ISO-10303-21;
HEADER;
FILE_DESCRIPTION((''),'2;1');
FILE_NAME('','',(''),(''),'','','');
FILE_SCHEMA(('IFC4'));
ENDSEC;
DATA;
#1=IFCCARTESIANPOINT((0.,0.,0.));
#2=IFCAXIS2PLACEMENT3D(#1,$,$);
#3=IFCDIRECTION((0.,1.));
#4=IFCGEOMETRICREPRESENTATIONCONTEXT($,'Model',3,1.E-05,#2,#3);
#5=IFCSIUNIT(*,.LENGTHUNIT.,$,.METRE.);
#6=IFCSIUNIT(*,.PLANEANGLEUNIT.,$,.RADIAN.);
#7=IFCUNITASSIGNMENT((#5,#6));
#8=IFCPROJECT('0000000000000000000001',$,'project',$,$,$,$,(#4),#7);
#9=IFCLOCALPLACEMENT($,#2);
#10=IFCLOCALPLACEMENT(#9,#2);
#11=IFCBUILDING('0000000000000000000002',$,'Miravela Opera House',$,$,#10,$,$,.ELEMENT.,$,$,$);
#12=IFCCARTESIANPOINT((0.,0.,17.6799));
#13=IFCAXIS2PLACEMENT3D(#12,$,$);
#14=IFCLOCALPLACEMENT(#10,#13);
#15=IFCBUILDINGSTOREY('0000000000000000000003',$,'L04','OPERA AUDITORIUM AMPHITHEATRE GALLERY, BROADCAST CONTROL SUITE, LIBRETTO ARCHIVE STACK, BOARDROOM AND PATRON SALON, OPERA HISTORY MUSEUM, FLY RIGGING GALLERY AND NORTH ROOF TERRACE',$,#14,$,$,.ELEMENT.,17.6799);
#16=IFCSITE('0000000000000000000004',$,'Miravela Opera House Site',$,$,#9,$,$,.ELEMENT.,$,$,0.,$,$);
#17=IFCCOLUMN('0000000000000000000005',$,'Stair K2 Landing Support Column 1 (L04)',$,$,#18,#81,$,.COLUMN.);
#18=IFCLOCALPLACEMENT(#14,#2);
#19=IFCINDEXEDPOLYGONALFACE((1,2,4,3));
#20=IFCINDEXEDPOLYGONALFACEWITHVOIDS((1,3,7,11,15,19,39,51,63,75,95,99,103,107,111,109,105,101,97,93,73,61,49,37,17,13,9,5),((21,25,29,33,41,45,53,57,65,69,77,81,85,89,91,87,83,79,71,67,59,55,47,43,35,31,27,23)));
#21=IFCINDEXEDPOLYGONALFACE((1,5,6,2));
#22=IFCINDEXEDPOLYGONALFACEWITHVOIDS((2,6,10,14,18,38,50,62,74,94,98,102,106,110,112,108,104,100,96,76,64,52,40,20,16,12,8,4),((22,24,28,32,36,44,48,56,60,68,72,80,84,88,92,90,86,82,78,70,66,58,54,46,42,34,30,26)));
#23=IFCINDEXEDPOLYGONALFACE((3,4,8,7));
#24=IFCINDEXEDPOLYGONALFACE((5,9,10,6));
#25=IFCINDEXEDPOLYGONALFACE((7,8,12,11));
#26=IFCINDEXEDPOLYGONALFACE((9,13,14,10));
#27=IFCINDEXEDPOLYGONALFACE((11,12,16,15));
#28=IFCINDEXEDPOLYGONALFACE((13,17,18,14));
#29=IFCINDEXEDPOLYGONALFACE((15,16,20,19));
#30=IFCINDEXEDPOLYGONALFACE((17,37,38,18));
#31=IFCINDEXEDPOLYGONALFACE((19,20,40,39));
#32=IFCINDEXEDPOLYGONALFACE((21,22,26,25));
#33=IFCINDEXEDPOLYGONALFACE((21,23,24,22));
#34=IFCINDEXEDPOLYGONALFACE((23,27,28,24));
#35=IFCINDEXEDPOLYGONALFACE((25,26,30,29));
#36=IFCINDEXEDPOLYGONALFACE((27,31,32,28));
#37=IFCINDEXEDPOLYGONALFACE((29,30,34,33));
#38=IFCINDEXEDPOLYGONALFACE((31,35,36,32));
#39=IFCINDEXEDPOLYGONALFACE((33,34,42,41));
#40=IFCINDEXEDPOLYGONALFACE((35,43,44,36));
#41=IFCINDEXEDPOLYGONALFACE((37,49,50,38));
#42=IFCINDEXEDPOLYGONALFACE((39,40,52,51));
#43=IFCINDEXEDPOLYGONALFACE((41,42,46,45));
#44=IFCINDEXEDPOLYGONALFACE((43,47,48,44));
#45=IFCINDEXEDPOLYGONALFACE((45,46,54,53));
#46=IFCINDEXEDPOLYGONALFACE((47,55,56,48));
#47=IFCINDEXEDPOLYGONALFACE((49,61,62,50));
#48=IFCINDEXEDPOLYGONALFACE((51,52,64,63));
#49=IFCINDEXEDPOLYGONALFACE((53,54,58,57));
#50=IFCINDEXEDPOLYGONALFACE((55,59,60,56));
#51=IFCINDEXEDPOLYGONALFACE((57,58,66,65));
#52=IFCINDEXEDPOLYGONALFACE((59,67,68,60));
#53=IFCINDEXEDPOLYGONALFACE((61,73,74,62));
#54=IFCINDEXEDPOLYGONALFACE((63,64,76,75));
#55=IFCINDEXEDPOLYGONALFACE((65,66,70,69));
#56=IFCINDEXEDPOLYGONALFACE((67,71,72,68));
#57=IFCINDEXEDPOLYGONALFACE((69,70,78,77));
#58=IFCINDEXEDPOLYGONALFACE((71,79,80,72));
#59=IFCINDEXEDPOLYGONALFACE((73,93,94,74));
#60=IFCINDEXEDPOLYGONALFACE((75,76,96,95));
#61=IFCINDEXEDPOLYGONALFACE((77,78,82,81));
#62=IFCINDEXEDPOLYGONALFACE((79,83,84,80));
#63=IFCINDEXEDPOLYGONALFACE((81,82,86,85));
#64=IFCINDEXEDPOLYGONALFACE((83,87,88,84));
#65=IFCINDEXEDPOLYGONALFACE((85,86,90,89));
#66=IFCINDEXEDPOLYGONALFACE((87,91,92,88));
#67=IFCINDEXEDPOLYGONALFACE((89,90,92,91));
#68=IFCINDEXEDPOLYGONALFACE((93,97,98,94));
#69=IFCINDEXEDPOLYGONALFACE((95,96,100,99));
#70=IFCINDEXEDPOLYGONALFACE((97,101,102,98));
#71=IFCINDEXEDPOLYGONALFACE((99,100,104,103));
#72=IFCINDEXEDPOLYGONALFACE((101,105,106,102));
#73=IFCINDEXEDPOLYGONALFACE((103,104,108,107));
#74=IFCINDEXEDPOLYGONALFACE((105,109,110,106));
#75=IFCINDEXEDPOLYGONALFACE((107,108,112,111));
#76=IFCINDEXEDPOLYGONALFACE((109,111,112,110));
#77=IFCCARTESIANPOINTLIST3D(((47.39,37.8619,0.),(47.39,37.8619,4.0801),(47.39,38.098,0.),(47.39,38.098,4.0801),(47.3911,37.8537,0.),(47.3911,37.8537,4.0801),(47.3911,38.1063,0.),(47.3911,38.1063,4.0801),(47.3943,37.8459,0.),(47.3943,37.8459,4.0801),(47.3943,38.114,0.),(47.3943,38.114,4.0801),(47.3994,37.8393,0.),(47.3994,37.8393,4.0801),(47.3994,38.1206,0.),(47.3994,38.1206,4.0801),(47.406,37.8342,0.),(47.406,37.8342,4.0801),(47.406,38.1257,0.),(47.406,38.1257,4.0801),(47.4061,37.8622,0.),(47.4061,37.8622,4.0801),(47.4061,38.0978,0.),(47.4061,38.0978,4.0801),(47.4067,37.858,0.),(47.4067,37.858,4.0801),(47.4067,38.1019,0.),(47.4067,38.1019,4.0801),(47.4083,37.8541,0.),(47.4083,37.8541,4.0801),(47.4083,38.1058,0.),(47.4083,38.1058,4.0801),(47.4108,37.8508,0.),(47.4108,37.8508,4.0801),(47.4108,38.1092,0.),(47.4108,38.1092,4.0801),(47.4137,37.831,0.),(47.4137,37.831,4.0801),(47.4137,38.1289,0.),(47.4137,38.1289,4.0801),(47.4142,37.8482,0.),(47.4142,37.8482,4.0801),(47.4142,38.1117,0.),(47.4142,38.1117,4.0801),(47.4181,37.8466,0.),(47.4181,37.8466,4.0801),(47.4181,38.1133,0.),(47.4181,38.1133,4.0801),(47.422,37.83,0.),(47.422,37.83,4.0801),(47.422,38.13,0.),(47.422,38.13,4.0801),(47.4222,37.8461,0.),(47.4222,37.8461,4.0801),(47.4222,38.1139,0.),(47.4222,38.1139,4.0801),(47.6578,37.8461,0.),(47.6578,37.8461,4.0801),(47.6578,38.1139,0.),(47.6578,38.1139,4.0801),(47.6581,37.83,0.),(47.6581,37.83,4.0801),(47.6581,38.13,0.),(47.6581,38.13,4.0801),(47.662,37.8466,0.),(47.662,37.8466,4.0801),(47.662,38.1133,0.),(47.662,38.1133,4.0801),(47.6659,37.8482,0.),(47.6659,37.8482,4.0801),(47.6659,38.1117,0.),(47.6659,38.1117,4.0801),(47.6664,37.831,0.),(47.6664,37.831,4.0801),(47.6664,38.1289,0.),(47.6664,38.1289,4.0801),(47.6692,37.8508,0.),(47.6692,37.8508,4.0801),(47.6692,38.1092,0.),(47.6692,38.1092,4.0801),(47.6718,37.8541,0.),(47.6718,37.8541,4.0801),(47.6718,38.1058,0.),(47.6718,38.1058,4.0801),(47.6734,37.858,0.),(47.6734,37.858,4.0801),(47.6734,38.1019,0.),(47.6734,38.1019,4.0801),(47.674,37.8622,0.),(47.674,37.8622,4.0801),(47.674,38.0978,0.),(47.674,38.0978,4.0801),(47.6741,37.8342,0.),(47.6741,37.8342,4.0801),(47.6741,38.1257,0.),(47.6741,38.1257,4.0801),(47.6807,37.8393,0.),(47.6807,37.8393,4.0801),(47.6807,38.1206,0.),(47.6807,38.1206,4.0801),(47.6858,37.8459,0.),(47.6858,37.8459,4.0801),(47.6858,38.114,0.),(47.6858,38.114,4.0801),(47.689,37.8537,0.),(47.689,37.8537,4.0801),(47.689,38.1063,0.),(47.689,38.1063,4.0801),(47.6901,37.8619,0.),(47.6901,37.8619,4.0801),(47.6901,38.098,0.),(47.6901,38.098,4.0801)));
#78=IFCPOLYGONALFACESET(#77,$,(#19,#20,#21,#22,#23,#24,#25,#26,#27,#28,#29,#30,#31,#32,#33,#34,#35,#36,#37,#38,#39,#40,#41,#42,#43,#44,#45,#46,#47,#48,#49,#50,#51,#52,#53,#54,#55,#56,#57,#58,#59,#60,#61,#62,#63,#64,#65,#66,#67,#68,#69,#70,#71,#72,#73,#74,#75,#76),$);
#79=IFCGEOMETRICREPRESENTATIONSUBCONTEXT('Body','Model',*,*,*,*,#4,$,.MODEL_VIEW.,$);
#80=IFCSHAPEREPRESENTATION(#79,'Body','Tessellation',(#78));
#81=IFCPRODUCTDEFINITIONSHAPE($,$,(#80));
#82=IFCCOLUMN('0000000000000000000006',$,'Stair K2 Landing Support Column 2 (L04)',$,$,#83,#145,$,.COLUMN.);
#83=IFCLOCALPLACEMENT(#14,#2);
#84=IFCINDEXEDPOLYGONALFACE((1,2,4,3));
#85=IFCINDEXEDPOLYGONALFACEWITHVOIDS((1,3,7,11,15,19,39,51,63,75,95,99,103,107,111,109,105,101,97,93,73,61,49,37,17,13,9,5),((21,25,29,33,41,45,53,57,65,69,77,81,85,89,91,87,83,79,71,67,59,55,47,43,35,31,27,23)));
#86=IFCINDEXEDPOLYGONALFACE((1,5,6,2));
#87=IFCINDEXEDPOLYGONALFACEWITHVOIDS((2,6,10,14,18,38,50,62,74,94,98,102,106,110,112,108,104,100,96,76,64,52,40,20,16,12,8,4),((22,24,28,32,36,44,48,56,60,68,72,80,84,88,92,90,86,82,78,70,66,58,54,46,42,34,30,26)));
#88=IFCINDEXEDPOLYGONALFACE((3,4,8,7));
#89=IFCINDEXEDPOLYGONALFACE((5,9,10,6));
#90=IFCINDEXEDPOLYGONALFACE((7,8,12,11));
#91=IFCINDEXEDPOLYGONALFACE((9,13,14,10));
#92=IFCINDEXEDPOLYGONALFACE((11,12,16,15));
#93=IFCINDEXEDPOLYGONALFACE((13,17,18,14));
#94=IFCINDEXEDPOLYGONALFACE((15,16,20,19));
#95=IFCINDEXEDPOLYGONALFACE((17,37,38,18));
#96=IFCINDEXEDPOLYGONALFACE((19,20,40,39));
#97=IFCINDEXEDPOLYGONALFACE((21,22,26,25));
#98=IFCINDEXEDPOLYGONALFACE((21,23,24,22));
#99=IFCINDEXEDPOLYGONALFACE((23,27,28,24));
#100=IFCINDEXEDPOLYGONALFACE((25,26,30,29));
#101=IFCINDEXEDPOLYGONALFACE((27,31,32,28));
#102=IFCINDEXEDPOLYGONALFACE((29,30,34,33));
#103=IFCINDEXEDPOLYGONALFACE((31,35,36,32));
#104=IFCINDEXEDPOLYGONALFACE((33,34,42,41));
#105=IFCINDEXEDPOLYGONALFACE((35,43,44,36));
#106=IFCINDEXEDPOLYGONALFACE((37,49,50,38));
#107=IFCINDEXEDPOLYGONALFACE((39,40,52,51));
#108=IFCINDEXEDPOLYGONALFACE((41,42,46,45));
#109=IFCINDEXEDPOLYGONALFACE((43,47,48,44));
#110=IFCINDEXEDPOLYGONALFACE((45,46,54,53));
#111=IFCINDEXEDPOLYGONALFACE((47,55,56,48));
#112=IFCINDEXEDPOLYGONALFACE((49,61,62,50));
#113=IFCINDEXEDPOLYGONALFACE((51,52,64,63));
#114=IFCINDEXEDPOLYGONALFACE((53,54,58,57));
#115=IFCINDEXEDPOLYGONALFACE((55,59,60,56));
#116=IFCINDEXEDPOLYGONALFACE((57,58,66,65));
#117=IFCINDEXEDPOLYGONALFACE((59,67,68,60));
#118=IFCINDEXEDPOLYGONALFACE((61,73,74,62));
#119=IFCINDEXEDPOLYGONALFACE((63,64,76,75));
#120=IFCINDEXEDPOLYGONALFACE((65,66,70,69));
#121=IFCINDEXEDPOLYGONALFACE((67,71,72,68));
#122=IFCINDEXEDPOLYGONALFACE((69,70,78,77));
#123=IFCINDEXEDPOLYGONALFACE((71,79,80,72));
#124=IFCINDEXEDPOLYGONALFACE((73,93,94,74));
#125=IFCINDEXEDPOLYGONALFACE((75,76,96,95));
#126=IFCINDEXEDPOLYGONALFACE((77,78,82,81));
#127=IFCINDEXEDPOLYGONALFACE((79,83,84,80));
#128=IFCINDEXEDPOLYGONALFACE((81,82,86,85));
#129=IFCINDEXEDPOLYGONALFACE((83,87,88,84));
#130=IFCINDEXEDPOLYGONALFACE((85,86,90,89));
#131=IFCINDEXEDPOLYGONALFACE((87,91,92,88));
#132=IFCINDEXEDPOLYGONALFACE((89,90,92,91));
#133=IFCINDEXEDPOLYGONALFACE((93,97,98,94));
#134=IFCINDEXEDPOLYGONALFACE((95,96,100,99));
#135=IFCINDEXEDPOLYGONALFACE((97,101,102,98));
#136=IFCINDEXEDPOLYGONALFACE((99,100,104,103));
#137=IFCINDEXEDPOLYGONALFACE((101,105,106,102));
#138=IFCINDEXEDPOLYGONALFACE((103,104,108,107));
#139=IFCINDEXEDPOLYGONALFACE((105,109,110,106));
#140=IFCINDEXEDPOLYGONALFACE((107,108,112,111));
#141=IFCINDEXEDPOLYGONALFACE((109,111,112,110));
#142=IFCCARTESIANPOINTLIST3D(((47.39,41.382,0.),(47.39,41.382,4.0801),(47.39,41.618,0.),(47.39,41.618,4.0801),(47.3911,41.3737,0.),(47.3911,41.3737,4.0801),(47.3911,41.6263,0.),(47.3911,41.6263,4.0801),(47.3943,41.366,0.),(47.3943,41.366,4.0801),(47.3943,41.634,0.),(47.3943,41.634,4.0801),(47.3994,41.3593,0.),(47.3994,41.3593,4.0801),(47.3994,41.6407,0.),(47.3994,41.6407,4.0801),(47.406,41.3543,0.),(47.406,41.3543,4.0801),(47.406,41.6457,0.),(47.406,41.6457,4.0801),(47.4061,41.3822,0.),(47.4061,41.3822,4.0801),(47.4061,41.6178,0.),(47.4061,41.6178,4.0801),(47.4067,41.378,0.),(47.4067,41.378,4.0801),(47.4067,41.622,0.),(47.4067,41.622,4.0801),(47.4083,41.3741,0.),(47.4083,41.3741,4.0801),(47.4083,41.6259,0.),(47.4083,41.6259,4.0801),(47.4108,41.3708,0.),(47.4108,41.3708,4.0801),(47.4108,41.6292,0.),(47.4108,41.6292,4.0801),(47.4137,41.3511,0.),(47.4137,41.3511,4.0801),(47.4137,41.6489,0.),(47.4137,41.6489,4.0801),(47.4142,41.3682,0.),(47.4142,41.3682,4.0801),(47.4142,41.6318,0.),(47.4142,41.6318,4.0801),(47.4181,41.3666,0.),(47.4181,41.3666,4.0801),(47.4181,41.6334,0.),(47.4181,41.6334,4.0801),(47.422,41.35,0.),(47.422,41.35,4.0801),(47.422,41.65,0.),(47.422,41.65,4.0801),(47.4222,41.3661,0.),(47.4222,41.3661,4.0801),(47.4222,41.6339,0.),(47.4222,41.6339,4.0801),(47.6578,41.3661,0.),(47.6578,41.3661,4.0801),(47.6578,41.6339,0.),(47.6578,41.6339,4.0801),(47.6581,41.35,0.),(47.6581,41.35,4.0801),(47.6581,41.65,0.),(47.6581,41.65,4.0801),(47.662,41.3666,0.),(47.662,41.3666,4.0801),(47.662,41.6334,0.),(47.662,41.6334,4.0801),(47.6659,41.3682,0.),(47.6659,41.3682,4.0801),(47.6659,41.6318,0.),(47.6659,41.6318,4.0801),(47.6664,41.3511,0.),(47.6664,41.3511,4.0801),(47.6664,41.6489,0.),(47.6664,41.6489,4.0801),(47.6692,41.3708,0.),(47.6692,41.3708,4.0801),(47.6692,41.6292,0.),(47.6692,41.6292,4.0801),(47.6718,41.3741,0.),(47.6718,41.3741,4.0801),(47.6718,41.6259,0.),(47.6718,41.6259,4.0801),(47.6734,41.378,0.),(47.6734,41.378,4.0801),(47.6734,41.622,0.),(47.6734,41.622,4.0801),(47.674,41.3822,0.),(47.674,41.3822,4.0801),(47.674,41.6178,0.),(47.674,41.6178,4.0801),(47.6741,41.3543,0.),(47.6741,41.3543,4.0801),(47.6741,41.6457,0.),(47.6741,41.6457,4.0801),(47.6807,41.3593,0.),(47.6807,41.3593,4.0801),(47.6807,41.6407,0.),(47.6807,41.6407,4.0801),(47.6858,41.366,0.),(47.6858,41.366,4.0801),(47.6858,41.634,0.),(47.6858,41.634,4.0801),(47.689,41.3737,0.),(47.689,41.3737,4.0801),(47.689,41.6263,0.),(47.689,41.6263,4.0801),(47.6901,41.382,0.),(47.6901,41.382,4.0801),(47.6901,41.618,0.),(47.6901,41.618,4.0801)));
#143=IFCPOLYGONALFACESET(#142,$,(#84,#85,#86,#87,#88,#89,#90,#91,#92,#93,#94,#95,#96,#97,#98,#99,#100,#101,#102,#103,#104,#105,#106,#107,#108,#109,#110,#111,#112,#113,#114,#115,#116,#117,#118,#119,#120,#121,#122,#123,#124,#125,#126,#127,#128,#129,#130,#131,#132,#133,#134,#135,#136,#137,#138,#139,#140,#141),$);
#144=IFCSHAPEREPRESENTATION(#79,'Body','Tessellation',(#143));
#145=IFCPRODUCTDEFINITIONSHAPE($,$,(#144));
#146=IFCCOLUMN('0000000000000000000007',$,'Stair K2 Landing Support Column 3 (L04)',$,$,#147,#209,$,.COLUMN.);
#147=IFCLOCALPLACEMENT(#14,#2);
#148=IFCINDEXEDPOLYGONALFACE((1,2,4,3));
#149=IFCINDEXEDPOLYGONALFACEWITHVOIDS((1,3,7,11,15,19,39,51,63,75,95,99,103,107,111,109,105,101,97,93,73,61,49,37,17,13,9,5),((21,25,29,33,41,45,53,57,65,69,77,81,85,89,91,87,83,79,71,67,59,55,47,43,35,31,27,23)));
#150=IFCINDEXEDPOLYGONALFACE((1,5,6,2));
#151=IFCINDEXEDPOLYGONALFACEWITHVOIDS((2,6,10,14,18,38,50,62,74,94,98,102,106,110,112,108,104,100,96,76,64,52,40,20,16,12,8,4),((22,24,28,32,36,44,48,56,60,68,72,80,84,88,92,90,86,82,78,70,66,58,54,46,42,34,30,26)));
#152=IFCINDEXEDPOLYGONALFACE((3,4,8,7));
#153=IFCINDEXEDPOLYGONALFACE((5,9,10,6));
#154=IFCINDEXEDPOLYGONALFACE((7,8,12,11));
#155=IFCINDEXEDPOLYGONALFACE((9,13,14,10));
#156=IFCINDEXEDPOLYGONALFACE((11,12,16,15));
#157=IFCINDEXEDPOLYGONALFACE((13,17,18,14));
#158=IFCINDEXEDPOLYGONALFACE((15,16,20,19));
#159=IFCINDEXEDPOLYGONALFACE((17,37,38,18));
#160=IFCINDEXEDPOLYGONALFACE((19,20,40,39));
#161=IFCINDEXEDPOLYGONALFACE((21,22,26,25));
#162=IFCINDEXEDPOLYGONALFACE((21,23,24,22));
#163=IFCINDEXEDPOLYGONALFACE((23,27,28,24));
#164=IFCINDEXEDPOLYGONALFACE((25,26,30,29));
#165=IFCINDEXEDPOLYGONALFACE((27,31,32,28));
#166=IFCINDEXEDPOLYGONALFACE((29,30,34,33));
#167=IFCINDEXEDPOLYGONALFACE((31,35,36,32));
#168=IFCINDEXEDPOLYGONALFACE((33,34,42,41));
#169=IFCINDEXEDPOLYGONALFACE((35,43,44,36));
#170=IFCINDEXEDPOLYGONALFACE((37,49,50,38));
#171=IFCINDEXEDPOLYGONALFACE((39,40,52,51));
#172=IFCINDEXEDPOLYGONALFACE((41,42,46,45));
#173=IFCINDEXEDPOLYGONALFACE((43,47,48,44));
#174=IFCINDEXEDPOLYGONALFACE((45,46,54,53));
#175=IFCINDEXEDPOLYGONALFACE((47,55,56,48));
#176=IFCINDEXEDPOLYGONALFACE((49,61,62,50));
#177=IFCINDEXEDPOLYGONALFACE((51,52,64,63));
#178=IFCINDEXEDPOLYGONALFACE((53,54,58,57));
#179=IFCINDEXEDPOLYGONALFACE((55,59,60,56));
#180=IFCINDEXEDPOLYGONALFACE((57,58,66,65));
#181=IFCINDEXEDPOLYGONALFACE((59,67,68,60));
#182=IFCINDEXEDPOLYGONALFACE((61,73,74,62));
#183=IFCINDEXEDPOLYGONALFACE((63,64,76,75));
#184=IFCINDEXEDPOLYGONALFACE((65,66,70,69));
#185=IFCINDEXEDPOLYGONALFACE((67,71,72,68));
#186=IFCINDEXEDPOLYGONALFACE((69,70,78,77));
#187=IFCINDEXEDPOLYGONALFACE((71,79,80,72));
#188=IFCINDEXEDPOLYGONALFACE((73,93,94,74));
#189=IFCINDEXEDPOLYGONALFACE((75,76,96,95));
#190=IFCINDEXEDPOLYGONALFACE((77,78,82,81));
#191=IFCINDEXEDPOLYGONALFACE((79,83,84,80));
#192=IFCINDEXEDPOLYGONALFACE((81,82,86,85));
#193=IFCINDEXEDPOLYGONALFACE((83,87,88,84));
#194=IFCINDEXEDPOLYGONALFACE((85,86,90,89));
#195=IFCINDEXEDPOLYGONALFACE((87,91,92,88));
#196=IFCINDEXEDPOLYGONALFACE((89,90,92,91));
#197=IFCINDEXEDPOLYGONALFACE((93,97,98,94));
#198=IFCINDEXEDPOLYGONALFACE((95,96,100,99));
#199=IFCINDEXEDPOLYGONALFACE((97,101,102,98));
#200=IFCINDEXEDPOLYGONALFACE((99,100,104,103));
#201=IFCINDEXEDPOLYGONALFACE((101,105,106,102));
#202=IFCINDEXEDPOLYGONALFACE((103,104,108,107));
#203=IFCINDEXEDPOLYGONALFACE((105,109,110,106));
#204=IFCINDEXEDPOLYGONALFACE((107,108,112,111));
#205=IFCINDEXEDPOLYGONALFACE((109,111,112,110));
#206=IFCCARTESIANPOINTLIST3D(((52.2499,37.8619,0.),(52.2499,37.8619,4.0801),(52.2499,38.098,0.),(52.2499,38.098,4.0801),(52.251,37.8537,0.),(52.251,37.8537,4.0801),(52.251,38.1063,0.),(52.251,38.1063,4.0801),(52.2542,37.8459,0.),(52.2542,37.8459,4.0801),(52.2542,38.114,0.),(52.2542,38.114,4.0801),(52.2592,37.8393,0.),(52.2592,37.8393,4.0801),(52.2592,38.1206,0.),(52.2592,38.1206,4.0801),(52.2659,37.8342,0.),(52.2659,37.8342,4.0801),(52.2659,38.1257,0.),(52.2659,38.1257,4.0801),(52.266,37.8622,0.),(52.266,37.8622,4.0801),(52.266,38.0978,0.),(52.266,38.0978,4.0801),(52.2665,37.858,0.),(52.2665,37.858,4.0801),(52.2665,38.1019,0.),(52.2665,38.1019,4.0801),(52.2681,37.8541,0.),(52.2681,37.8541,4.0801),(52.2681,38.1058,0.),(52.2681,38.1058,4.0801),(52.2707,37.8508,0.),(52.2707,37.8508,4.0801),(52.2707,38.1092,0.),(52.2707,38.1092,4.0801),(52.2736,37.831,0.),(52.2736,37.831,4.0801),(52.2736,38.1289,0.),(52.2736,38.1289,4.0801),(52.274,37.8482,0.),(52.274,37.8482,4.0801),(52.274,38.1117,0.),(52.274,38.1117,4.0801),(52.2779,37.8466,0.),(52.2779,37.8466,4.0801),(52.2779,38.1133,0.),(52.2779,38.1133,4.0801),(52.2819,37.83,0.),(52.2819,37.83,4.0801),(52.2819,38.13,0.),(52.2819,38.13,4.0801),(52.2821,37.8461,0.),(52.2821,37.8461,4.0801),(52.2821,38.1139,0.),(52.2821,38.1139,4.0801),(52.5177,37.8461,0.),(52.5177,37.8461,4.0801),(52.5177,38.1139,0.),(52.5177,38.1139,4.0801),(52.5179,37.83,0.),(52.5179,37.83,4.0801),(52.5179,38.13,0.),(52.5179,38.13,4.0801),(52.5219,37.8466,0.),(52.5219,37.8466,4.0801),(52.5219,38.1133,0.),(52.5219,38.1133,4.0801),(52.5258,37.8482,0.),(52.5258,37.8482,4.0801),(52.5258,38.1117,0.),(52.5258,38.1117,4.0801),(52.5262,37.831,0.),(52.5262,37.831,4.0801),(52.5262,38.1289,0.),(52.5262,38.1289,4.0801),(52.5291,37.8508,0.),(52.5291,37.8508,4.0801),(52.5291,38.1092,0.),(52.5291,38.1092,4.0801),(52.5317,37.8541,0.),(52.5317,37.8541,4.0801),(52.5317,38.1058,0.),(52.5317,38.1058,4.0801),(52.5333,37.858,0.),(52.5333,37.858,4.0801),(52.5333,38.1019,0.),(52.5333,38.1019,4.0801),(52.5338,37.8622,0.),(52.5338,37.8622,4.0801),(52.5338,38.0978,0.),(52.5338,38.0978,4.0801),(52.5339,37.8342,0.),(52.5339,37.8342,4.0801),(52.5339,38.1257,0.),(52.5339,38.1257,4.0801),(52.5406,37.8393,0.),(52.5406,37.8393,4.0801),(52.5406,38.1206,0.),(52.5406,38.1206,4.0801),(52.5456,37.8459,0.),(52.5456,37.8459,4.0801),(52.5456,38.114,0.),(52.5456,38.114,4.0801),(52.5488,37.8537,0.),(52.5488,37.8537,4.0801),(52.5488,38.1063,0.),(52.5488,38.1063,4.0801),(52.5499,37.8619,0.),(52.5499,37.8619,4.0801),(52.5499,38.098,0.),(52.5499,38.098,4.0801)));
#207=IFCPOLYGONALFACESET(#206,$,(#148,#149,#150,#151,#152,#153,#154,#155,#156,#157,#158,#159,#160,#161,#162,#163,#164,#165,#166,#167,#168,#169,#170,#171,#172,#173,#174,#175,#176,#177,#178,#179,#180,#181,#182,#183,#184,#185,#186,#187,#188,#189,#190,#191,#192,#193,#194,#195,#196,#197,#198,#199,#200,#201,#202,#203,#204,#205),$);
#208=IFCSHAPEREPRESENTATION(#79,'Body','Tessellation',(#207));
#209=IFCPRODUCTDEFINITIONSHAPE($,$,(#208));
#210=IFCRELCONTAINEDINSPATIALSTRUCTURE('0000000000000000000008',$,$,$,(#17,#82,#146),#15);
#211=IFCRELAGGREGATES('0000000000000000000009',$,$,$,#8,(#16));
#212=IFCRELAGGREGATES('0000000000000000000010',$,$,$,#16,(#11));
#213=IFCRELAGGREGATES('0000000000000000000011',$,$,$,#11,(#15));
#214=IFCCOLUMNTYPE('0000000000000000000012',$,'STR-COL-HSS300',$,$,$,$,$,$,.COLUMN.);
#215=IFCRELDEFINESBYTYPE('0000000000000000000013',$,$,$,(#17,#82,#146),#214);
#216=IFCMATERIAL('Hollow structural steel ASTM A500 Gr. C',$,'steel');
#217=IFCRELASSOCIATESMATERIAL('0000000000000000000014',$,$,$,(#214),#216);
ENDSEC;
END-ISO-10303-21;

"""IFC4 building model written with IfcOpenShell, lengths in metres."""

from ifc_helpers import new_model, si_unit, direction, frame, origin, origin_2d, place, context, subcontext, project, spatial, hollow_rectangle, extrude, material, material_profile, profile_set, type_object, element, save


model = new_model("IFC4")

# Units and contexts
model_context = context("Model", 3, precision=1e-05, world=origin(), true_north=direction((0.0, 1.0)))
body_context = subcontext(model_context, "Body", "Model", "MODEL_VIEW")
ifc_project = project(units=[si_unit("LENGTHUNIT", "METRE"), si_unit("PLANEANGLEUNIT", "RADIAN")], contexts=[model_context])

# Site, building, storey
site_placement = place(None, origin())
site = spatial("IfcSite", under=ifc_project, at=site_placement, Name="Miravela Opera House Site", CompositionType="ELEMENT", RefElevation=0.0)
building_placement = place(site_placement, origin())
building = spatial("IfcBuilding", under=site, at=building_placement, Name="Miravela Opera House", CompositionType="ELEMENT")
storey_placement = place(building_placement, frame((0.0, 0.0, 17.6799)))
storey = spatial("IfcBuildingStorey", under=building, at=storey_placement, Name="L04", Description="OPERA AUDITORIUM AMPHITHEATRE GALLERY, BROADCAST CONTROL SUITE, LIBRETTO ARCHIVE STACK, BOARDROOM AND PATRON SALON, OPERA HISTORY MUSEUM, FLY RIGGING GALLERY AND NORTH ROOF TERRACE", CompositionType="ELEMENT", Elevation=17.6799)

# Columns
ifc_material_1 = material(Name="Hollow structural steel ASTM A500 Gr. C", Category="steel")
ifc_material_profile_1 = material_profile(ifc_material_1, hollow_rectangle(XDim=0.3, YDim=0.3, WallThickness=0.0161, InnerFilletRadius=0.0161, OuterFilletRadius=0.032, at=origin_2d()), Name="HSS300X300X16")
ifc_profile_set_1 = profile_set([ifc_material_profile_1])
column_type = type_object("IfcColumnType", Name="STR-COL-HSS300", PredefinedType="COLUMN", material=ifc_profile_set_1)
for number, where, z_axis, x_axis, name in (
    (1, (47.54, 37.98, 0.0), (0.0, 0.0, 1.0), (1.0, 0.0, 0.0), "Stair K2 Landing Support Column 1 (L04)"),
    (2, (47.54, 41.5, 0.0), (0.0, 0.0, 1.0), (1.0, 0.0, 0.0), "Stair K2 Landing Support Column 2 (L04)"),
    (3, (52.3999, 37.98, 0.0), (0.0, 0.0, 1.0), (1.0, 0.0, 0.0), "Stair K2 Landing Support Column 3 (L04)"),
):
    element("IfcColumn", number, at=place(storey_placement, frame(where, z_axis=z_axis, x_axis=x_axis)), inside=storey, type_object=column_type, Name=name, PredefinedType="COLUMN", context=body_context, shape_type="SweptSolid", body=[
        extrude(hollow_rectangle(XDim=0.3, YDim=0.3, WallThickness=0.0161, InnerFilletRadius=0.0161, OuterFilletRadius=0.032, at=origin_2d()), origin(), (0.0, 0.0, 1.0), 4.0801),
    ])

save(model, "model.ifc")
